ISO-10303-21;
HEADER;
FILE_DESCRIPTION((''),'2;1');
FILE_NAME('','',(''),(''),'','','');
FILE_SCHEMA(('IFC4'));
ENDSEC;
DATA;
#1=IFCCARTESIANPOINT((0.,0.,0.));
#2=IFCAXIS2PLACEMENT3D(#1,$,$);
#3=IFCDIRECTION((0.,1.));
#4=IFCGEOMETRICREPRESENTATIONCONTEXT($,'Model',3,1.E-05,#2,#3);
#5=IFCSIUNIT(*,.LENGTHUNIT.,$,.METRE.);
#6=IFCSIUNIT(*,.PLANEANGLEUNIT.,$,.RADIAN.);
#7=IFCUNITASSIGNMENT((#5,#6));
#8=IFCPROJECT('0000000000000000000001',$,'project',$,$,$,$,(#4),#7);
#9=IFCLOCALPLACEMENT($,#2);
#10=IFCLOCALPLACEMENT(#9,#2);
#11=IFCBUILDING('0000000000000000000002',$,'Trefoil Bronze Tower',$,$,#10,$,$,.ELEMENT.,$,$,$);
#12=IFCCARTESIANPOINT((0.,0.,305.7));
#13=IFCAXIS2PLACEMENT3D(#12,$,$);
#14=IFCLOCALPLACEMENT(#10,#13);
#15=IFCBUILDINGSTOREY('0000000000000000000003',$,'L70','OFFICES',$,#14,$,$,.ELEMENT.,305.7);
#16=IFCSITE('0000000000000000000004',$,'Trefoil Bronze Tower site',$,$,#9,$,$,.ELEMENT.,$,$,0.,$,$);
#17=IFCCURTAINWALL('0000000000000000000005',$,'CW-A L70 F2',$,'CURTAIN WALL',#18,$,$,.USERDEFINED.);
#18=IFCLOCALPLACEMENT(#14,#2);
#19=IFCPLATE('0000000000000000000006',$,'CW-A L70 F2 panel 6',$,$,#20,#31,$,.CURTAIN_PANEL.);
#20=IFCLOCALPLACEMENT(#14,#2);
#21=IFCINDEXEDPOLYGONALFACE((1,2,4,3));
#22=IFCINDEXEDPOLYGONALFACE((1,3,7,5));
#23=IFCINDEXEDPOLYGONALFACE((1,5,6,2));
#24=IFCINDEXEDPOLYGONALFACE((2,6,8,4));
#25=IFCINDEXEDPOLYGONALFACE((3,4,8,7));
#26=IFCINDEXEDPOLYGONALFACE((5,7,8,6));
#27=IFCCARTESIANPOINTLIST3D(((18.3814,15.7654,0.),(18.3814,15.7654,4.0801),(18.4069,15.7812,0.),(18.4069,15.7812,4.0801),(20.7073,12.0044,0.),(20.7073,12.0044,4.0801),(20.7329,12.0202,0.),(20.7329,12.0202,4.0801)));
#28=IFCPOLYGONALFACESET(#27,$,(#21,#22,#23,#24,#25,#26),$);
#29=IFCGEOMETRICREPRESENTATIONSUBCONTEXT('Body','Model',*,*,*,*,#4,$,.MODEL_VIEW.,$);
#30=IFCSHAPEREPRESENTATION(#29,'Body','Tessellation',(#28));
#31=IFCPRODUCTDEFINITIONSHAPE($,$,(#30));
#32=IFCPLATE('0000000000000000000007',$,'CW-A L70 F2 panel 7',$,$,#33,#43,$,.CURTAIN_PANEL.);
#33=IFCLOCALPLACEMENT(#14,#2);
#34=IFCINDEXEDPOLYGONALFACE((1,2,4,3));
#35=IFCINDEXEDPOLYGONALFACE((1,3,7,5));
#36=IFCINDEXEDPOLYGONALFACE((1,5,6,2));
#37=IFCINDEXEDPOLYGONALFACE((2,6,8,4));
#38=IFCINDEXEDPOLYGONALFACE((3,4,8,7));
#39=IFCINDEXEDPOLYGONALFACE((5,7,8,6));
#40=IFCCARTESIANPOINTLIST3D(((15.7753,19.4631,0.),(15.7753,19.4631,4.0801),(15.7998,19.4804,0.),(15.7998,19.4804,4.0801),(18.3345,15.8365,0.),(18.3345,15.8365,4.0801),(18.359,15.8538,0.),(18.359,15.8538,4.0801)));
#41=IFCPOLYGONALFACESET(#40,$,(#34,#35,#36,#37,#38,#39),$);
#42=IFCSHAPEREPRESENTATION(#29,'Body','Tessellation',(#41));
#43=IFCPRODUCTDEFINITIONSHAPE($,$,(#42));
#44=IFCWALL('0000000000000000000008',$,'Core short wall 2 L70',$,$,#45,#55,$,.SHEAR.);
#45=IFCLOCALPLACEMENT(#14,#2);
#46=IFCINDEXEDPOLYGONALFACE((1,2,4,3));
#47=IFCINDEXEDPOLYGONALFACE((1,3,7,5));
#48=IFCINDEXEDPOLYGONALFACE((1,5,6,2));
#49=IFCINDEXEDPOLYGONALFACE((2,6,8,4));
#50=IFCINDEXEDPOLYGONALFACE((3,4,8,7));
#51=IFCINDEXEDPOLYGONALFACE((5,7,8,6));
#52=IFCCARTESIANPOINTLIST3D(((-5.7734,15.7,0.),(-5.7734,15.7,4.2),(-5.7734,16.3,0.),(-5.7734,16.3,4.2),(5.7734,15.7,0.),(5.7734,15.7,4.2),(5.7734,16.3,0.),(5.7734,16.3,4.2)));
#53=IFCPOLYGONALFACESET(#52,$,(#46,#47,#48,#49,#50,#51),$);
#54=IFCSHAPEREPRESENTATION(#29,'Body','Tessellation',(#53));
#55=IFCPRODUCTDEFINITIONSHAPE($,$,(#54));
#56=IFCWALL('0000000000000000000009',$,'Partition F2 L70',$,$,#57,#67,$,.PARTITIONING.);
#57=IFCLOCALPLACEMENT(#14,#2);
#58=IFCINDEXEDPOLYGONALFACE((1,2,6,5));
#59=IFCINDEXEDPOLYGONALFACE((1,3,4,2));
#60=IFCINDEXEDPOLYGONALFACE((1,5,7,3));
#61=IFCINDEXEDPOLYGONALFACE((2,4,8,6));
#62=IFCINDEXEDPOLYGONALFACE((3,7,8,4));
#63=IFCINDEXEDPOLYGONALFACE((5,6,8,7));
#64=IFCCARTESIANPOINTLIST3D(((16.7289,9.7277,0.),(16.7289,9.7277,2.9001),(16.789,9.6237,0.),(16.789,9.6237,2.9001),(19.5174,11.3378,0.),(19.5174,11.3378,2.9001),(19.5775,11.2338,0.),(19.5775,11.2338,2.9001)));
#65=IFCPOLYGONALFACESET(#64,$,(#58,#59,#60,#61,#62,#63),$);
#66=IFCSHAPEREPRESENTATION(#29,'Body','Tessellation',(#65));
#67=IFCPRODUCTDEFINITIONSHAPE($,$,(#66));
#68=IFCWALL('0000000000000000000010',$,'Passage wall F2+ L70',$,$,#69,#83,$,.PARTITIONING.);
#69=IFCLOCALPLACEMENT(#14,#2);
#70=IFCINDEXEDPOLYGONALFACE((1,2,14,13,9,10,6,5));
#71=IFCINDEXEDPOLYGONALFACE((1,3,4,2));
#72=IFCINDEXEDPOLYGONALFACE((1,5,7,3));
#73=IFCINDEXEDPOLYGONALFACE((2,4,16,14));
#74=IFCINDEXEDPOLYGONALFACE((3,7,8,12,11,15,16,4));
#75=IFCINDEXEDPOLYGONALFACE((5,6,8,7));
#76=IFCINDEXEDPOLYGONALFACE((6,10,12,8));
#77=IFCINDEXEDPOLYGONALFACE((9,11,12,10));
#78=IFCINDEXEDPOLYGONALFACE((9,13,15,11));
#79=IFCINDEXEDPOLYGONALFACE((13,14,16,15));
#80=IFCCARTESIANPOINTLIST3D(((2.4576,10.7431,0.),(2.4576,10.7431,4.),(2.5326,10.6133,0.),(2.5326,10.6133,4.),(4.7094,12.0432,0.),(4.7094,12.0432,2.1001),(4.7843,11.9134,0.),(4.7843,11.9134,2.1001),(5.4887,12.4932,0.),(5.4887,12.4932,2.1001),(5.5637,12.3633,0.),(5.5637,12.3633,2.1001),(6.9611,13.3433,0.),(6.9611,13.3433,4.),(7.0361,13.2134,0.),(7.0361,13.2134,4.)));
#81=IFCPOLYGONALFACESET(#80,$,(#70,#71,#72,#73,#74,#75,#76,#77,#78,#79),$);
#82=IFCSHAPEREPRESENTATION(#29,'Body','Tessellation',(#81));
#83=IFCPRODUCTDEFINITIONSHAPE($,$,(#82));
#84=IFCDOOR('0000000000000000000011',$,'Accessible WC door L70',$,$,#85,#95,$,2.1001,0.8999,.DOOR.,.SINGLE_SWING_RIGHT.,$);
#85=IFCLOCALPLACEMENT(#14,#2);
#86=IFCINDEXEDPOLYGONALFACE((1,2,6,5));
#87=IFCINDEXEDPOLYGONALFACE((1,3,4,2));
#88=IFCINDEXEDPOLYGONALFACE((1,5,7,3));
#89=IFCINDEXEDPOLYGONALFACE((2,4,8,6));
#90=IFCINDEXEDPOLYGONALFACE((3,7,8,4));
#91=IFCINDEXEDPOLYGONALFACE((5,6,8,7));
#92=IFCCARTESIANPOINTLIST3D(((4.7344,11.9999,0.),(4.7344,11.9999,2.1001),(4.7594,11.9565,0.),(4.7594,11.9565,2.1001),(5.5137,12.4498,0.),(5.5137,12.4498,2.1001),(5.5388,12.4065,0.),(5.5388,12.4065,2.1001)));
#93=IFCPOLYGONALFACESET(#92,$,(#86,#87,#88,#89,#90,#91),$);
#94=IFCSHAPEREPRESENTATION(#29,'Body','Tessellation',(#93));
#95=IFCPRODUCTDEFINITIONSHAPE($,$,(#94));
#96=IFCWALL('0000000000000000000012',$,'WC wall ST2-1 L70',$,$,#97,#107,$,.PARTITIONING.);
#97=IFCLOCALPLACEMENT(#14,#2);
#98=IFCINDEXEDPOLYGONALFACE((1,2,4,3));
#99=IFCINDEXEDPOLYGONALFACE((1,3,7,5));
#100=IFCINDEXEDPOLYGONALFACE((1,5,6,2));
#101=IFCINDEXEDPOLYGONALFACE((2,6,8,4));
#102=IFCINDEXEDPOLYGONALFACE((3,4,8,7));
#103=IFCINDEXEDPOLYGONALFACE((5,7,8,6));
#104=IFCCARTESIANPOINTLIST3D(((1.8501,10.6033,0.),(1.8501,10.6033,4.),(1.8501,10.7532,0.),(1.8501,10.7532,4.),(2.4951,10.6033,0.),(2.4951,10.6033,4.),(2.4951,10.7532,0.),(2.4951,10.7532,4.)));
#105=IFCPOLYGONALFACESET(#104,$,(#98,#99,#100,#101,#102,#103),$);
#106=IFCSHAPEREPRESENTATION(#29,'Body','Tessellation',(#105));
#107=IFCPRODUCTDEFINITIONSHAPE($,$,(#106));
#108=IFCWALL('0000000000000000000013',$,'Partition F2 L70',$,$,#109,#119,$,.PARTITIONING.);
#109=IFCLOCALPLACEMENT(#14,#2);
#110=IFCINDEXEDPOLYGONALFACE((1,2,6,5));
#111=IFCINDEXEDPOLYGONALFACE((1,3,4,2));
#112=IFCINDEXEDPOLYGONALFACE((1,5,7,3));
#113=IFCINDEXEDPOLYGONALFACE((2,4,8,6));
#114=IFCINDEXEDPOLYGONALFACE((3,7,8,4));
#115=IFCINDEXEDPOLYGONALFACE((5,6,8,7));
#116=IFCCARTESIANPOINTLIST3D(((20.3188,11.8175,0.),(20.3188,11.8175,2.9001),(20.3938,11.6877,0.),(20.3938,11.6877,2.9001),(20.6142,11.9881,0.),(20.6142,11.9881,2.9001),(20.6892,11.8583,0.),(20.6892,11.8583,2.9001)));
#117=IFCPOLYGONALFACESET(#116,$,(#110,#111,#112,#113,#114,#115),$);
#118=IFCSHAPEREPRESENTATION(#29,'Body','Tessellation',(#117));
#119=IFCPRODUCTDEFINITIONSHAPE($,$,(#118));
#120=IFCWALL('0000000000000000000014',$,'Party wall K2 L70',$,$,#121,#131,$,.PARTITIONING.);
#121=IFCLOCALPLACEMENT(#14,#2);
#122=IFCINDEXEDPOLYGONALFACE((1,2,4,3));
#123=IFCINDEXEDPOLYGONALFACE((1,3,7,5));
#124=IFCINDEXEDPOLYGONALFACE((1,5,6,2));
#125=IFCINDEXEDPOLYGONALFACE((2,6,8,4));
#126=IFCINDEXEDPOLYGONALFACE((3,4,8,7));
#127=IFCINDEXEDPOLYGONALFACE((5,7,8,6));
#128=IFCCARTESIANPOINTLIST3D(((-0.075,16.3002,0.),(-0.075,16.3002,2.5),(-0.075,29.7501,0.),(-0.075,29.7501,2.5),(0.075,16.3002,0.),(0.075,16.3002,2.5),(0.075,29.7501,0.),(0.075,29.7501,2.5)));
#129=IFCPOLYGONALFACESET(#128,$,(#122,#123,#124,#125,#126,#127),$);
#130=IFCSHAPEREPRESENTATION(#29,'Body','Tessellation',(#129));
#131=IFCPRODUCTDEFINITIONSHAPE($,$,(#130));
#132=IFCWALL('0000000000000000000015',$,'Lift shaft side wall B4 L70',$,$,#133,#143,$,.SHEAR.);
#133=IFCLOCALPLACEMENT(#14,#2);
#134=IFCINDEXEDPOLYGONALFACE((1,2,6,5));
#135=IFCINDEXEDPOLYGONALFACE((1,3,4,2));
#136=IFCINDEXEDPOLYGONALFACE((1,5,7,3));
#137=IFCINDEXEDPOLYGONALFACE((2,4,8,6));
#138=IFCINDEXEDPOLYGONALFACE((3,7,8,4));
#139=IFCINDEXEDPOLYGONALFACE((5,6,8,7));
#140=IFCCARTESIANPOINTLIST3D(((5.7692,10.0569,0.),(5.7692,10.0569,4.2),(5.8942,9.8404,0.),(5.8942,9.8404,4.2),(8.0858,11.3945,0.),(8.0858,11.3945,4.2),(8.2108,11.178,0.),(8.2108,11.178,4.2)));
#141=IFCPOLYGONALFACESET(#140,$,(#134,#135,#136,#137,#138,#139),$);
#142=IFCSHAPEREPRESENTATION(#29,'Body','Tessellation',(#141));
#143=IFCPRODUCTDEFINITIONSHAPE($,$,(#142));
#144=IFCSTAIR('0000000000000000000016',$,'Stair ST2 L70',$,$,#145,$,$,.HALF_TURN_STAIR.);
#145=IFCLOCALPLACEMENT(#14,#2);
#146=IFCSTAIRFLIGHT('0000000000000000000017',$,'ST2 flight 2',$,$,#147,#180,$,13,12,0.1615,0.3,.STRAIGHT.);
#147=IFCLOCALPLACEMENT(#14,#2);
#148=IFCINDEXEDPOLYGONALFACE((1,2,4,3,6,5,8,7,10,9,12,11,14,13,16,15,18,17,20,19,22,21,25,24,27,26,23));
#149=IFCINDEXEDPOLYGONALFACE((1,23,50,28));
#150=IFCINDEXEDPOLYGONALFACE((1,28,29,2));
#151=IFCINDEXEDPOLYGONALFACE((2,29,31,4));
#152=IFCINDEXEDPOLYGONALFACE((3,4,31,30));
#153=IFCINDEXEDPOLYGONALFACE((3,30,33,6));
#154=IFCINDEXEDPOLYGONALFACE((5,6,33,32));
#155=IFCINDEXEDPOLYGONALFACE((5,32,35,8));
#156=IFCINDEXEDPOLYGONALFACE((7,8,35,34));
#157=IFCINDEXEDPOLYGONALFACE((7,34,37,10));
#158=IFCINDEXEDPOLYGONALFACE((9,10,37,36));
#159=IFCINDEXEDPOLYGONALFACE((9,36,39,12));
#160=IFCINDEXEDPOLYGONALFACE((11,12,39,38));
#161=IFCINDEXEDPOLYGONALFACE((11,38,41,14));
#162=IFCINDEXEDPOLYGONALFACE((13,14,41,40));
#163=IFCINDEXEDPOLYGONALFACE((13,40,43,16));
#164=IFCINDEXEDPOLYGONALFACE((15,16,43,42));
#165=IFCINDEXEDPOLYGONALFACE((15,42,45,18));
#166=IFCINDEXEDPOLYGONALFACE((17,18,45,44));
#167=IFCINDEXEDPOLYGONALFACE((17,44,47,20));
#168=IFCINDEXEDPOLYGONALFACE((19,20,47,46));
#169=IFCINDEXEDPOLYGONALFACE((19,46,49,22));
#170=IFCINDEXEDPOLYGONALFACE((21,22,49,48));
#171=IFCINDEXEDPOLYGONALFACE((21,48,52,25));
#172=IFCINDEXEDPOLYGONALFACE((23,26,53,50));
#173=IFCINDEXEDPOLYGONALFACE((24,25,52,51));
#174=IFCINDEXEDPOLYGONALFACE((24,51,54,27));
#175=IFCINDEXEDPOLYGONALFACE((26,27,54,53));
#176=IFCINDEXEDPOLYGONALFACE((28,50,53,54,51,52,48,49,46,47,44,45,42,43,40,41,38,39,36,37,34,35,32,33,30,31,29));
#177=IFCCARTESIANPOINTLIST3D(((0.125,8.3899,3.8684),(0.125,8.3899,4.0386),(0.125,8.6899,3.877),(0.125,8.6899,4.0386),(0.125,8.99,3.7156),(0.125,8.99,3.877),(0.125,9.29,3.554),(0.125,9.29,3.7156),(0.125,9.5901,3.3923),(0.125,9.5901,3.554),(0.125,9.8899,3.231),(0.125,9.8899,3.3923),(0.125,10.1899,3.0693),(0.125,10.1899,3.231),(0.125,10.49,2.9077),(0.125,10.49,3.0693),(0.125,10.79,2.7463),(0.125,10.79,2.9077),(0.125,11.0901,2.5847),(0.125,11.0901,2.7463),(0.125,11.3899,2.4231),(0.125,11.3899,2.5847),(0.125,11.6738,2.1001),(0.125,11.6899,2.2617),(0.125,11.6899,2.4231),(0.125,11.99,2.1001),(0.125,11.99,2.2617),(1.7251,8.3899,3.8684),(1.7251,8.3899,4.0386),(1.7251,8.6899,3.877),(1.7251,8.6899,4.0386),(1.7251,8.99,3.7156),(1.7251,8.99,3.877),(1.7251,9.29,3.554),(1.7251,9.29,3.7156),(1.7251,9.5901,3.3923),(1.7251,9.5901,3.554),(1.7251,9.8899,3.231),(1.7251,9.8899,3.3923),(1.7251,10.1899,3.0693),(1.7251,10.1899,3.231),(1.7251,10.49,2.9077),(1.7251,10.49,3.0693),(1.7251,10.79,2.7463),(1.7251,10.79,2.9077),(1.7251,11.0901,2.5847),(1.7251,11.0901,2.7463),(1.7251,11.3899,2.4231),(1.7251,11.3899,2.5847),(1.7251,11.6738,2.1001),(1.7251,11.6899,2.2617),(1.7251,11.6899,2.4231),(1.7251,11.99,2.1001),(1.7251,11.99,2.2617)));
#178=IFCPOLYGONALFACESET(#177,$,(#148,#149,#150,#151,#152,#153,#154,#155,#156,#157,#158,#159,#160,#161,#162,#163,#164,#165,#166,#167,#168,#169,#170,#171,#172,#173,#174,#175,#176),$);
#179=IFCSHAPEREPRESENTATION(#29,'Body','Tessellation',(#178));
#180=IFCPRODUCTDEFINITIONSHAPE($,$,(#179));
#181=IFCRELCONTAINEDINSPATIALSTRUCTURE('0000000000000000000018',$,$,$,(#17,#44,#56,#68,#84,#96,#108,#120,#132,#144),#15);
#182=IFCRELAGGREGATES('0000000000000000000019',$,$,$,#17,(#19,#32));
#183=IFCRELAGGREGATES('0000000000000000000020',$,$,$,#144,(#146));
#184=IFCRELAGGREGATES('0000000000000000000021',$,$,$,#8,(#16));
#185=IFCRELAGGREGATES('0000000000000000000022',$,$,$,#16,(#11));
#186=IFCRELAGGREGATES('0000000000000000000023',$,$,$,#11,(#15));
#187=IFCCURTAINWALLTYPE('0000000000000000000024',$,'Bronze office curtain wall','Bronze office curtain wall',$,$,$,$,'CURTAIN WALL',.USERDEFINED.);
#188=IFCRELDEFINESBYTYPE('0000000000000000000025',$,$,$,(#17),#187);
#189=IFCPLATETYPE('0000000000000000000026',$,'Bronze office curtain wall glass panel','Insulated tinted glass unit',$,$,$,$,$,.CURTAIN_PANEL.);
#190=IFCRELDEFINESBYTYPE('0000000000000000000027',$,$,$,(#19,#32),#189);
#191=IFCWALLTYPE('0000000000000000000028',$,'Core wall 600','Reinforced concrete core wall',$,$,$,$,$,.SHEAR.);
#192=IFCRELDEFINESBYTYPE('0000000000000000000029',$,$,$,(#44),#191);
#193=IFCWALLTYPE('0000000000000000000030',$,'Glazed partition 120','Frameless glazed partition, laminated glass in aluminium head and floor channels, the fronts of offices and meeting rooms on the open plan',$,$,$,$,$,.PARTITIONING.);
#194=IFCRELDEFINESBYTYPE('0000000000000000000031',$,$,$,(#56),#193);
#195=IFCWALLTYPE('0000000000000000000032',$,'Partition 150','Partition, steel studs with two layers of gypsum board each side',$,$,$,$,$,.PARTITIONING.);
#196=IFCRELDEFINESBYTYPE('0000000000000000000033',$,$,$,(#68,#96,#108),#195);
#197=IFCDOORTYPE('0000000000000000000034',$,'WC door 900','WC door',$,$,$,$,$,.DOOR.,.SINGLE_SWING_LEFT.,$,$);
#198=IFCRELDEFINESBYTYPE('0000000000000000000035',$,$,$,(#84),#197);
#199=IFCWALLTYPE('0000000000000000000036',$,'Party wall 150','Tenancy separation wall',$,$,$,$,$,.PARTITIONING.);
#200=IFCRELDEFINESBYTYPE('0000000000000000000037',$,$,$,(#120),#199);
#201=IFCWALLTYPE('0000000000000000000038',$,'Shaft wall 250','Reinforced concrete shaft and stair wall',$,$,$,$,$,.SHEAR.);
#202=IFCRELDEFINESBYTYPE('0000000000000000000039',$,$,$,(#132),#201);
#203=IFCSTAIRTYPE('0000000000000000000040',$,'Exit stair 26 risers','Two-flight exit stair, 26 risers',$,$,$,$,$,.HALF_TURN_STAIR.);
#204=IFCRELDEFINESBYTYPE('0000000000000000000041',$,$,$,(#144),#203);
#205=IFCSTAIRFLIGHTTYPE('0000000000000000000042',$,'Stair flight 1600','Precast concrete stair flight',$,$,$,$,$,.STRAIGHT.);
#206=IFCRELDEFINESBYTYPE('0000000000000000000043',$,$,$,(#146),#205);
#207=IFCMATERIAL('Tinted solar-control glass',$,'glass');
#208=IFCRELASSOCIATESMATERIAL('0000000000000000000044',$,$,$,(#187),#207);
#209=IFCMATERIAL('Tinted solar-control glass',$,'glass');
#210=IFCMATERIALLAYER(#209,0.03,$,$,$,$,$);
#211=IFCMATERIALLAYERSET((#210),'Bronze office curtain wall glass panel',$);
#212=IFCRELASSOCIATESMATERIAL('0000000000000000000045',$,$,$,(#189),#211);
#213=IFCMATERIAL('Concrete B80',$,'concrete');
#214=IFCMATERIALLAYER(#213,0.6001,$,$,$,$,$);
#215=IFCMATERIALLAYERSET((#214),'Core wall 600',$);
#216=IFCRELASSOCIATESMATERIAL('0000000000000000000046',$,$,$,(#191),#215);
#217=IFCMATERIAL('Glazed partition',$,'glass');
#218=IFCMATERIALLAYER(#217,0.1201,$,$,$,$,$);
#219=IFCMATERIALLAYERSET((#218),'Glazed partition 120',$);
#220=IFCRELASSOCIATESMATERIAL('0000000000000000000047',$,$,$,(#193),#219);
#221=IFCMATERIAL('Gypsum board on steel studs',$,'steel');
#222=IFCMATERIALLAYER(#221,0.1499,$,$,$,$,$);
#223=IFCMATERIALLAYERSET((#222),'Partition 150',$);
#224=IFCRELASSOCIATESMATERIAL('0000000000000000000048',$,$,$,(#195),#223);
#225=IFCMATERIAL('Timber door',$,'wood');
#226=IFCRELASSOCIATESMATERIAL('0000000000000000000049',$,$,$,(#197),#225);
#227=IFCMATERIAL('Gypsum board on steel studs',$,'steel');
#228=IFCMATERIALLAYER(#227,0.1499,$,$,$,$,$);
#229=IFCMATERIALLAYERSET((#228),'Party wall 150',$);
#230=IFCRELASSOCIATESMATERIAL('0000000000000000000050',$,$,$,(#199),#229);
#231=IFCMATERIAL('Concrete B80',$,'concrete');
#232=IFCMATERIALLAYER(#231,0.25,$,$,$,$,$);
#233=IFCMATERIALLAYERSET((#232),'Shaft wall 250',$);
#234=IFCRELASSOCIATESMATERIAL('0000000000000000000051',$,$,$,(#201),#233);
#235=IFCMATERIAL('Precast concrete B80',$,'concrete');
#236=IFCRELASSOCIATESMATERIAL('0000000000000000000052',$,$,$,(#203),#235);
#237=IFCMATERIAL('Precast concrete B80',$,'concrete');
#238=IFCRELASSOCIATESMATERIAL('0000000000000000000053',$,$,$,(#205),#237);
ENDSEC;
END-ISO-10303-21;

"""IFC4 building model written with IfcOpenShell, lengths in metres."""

from ifc_helpers import new_model, si_unit, direction, frame, frame_2d, origin, origin_2d, place, context, subcontext, project, spatial, polyline, rectangle, outline, extrude, material, layer, layer_set, type_object, element, fill, aggregate, save


model = new_model("IFC4")

# Units and contexts
model_context = context("Model", 3, precision=1e-05, world=origin(), true_north=direction((0.0, 1.0)))
body_context = subcontext(model_context, "Body", "Model", "MODEL_VIEW")
ifc_project = project(units=[si_unit("LENGTHUNIT", "METRE"), si_unit("PLANEANGLEUNIT", "RADIAN")], contexts=[model_context])

# Site, building, storey
site_placement = place(None, origin())
site = spatial("IfcSite", under=ifc_project, at=site_placement, Name="Trefoil Bronze Tower site", CompositionType="ELEMENT", RefElevation=0.0)
building_placement = place(site_placement, origin())
building = spatial("IfcBuilding", under=site, at=building_placement, Name="Trefoil Bronze Tower", CompositionType="ELEMENT")
storey_placement = place(building_placement, frame((0.0, 0.0, 305.7)))
storey = spatial("IfcBuildingStorey", under=building, at=storey_placement, Name="L70", Description="OFFICES", CompositionType="ELEMENT", Elevation=305.7)

# Curtain wall
ifc_material_1 = material(Name="Tinted solar-control glass", Category="glass")
curtain_wall_type = type_object("IfcCurtainWallType", Name="Bronze office curtain wall", Description="Bronze office curtain wall", ElementType="CURTAIN WALL", PredefinedType="USERDEFINED", material=ifc_material_1)
curtain_wall_placement = place(storey_placement, origin())
curtain_wall = element("IfcCurtainWall", 1, at=curtain_wall_placement, inside=storey, type_object=curtain_wall_type, Name="CW-A L70 F2", ObjectType="CURTAIN WALL", PredefinedType="USERDEFINED")

# Plates
ifc_material_2 = material(Name="Tinted solar-control glass", Category="glass")
ifc_layer_1 = layer(ifc_material_2, 0.03)
ifc_layer_set_1 = layer_set([ifc_layer_1], Name="Bronze office curtain wall glass panel")
plate_type = type_object("IfcPlateType", Name="Bronze office curtain wall glass panel", Description="Insulated tinted glass unit", PredefinedType="CURTAIN_PANEL", material=ifc_layer_set_1)
plate_1_placement = place(storey_placement, frame((19.5571, 13.8928, 0.0), z_axis=(0.0, 0.0, 1.0), x_axis=(-0.52598, 0.850497, 0.0)))
plate_1 = element("IfcPlate", 2, at=plate_1_placement, type_object=plate_type, Name="CW-A L70 F2 panel 6", PredefinedType="CURTAIN_PANEL", context=body_context, shape_type="SweptSolid", body=[
    extrude(rectangle(XDim=4.4221, YDim=0.03, at=origin_2d()), origin(), (0.0, 0.0, 1.0), 4.0801),
])
plate_2_placement = place(storey_placement, frame((17.0671, 17.6584, 0.0), z_axis=(0.0, 0.0, 1.0), x_axis=(-0.576561, 0.817054, 0.0)))
plate_2 = element("IfcPlate", 3, at=plate_2_placement, type_object=plate_type, Name="CW-A L70 F2 panel 7", PredefinedType="CURTAIN_PANEL", context=body_context, shape_type="SweptSolid", body=[
    extrude(rectangle(XDim=4.4387, YDim=0.03, at=origin_2d()), origin(), (0.0, 0.0, 1.0), 4.0801),
])
aggregate(curtain_wall, [plate_1, plate_2])

# Walls
ifc_material_3 = material(Name="Concrete B80", Category="concrete")
ifc_layer_2 = layer(ifc_material_3, 0.6001)
ifc_layer_set_2 = layer_set([ifc_layer_2], Name="Core wall 600")
wall_type_1 = type_object("IfcWallType", Name="Core wall 600", Description="Reinforced concrete core wall", PredefinedType="SHEAR", material=ifc_layer_set_2)
wall_1_placement = place(storey_placement, frame((5.7734, 16.0, 0.0), z_axis=(0.0, 0.0, 1.0), x_axis=(-1.0, 0.0, 0.0)))
element("IfcWall", 4, at=wall_1_placement, inside=storey, type_object=wall_type_1, Name="Core short wall 2 L70", PredefinedType="SHEAR", context=body_context, shape_type="SweptSolid", body=[
    extrude(rectangle(XDim=11.5469, YDim=0.6001, at=frame_2d((5.7734, 0.0))), origin(), (0.0, 0.0, 1.0), 4.2),
])
ifc_material_4 = material(Name="Glazed partition", Category="glass")
ifc_layer_3 = layer(ifc_material_4, 0.1201)
ifc_layer_set_3 = layer_set([ifc_layer_3], Name="Glazed partition 120")
wall_type_2 = type_object("IfcWallType", Name="Glazed partition 120", Description="Frameless glazed partition, laminated glass in aluminium head and floor channels, the fronts of offices and meeting rooms on the open plan", PredefinedType="PARTITIONING", material=ifc_layer_set_3)
wall_2_placement = place(storey_placement, frame((16.759, 9.6758, 0.0), z_axis=(0.0, 0.0, 1.0), x_axis=(0.866009, 0.500029, 0.0)))
element("IfcWall", 5, at=wall_2_placement, inside=storey, type_object=wall_type_2, Name="Partition F2 L70", PredefinedType="PARTITIONING", context=body_context, shape_type="SweptSolid", body=[
    extrude(rectangle(XDim=3.22, YDim=0.1201, at=frame_2d((1.6099, 0.0))), origin(), (0.0, 0.0, 1.0), 2.9001),
])

# Wall, opening, door
ifc_material_5 = material(Name="Gypsum board on steel studs", Category="steel")
ifc_layer_4 = layer(ifc_material_5, 0.1499)
ifc_layer_set_4 = layer_set([ifc_layer_4], Name="Partition 150")
wall_type_3 = type_object("IfcWallType", Name="Partition 150", Description="Partition, steel studs with two layers of gypsum board each side", PredefinedType="PARTITIONING", material=ifc_layer_set_4)
wall_3_placement = place(storey_placement, frame((2.4951, 10.6782, 0.0), z_axis=(0.0, 0.0, 1.0), x_axis=(0.866021, 0.500007, 0.0)))
wall_3 = element("IfcWall", 6, at=wall_3_placement, inside=storey, type_object=wall_type_3, Name="Passage wall F2+ L70", PredefinedType="PARTITIONING", context=body_context, shape_type="SweptSolid", body=[
    extrude(rectangle(XDim=5.2002, YDim=0.1499, at=frame_2d((2.6001, 0.0))), origin(), (0.0, 0.0, 1.0), 4.0),
])
opening_placement = place(wall_3_placement, frame((2.6001, 0.0, 0.0)))
opening = element("IfcOpeningElement", 7, at=opening_placement, cuts=wall_3, PredefinedType="OPENING", context=body_context, shape_type="SweptSolid", body=[
    extrude(rectangle(XDim=0.8999, YDim=2.1001, at=frame_2d((0.45, 1.05))), frame((0.0, 0.085, 0.0), z_axis=(0.0, -1.0, 0.0), x_axis=(1.0, 0.0, 0.0)), (0.0, 0.0, 1.0), 0.1699),
])
ifc_material_6 = material(Name="Timber door", Category="wood")
door_type = type_object("IfcDoorType", Name="WC door 900", Description="WC door", OperationType="SINGLE_SWING_LEFT", PredefinedType="DOOR", material=ifc_material_6)
door_placement = place(opening_placement, origin())
door = element("IfcDoor", 8, at=door_placement, inside=storey, type_object=door_type, Name="Accessible WC door L70", OperationType="SINGLE_SWING_RIGHT", OverallHeight=2.1001, OverallWidth=0.8999, PredefinedType="DOOR", context=body_context, shape_type="SweptSolid", body=[
    extrude(rectangle(XDim=0.8999, YDim=2.1001, at=frame_2d((0.45, 1.05))), frame((0.0, 0.0249, 0.0), z_axis=(0.0, -1.0, 0.0), x_axis=(1.0, 0.0, 0.0)), (0.0, 0.0, 1.0), 0.05),
])
fill(opening, door)

# Walls
wall_4_placement = place(storey_placement, frame((2.4951, 10.6782, 0.0), z_axis=(0.0, 0.0, 1.0), x_axis=(-1.0, 0.0, 0.0)))
element("IfcWall", 9, at=wall_4_placement, inside=storey, type_object=wall_type_3, Name="WC wall ST2-1 L70", PredefinedType="PARTITIONING", context=body_context, shape_type="SweptSolid", body=[
    extrude(rectangle(XDim=0.645, YDim=0.1499, at=frame_2d((0.3225, 0.0))), origin(), (0.0, 0.0, 1.0), 4.0),
])
wall_5_placement = place(storey_placement, frame((20.3564, 11.7527, 0.0), z_axis=(0.0, 0.0, 1.0), x_axis=(0.8659, 0.500218, 0.0)))
element("IfcWall", 10, at=wall_5_placement, inside=storey, type_object=wall_type_3, Name="Partition F2 L70", PredefinedType="PARTITIONING", context=body_context, shape_type="SweptSolid", body=[
    extrude(rectangle(XDim=0.3411, YDim=0.1499, at=frame_2d((0.1704, 0.0))), origin(), (0.0, 0.0, 1.0), 2.9001),
])
ifc_material_7 = material(Name="Gypsum board on steel studs", Category="steel")
ifc_layer_5 = layer(ifc_material_7, 0.1499)
ifc_layer_set_5 = layer_set([ifc_layer_5], Name="Party wall 150")
wall_type_4 = type_object("IfcWallType", Name="Party wall 150", Description="Tenancy separation wall", PredefinedType="PARTITIONING", material=ifc_layer_set_5)
wall_6_placement = place(storey_placement, frame((0.0, 16.3, 0.0), z_axis=(0.0, 0.0, 1.0), x_axis=(0.0, 1.0, 0.0)))
element("IfcWall", 11, at=wall_6_placement, inside=storey, type_object=wall_type_4, Name="Party wall K2 L70", PredefinedType="PARTITIONING", context=body_context, shape_type="SweptSolid", body=[
    extrude(rectangle(XDim=13.45, YDim=0.1499, at=frame_2d((6.7251, 0.0))), origin(), (0.0, 0.0, 1.0), 2.5),
])
ifc_material_8 = material(Name="Concrete B80", Category="concrete")
ifc_layer_6 = layer(ifc_material_8, 0.25)
ifc_layer_set_6 = layer_set([ifc_layer_6], Name="Shaft wall 250")
wall_type_5 = type_object("IfcWallType", Name="Shaft wall 250", Description="Reinforced concrete shaft and stair wall", PredefinedType="SHEAR", material=ifc_layer_set_6)
wall_7_placement = place(storey_placement, frame((5.8318, 9.9487, 0.0), z_axis=(0.0, 0.0, 1.0), x_axis=(0.866005, 0.500036, 0.0)))
element("IfcWall", 12, at=wall_7_placement, inside=storey, type_object=wall_type_5, Name="Lift shaft side wall B4 L70", PredefinedType="SHEAR", context=body_context, shape_type="SweptSolid", body=[
    extrude(rectangle(XDim=2.675, YDim=0.25, at=frame_2d((1.3374, 0.0))), origin(), (0.0, 0.0, 1.0), 4.2),
])

# Stair, stair flight
ifc_material_9 = material(Name="Precast concrete B80", Category="concrete")
stair_type = type_object("IfcStairType", Name="Exit stair 26 risers", Description="Two-flight exit stair, 26 risers", PredefinedType="HALF_TURN_STAIR", material=ifc_material_9)
stair_placement = place(storey_placement, origin())
stair = element("IfcStair", 13, at=stair_placement, inside=storey, type_object=stair_type, Name="Stair ST2 L70", PredefinedType="HALF_TURN_STAIR")
ifc_material_10 = material(Name="Precast concrete B80", Category="concrete")
stair_flight_type = type_object("IfcStairFlightType", Name="Stair flight 1600", Description="Precast concrete stair flight", PredefinedType="STRAIGHT", material=ifc_material_10)
stair_flight_placement = place(storey_placement, frame((0.925, 11.99, 2.1001), z_axis=(0.0, 0.0, 1.0), x_axis=(0.0, -1.0, 0.0)))
stair_flight = element("IfcStairFlight", 14, at=stair_flight_placement, type_object=stair_flight_type, Name="ST2 flight 2", NumberOfRisers=13, NumberOfTreads=12, PredefinedType="STRAIGHT", RiserHeight=0.1615, TreadLength=0.3, context=body_context, shape_type="SweptSolid", body=[
    extrude(outline(polyline([(0.0, 0.0), (0.0, 0.1616), (0.3, 0.1616), (0.3, 0.323), (0.6001, 0.323), (0.6001, 0.4846), (0.8999, 0.4846), (0.8999, 0.6462), (1.2, 0.6462), (1.2, 0.8076), (1.5, 0.8076), (1.5, 0.9692), (1.8, 0.9692), (1.8, 1.1309), (2.1001, 1.1309), (2.1001, 1.2922), (2.3999, 1.2922), (2.3999, 1.4539), (2.7, 1.4539), (2.7, 1.6155), (3.0, 1.6155), (3.0, 1.7769), (3.3, 1.7769), (3.3, 1.9385), (3.6001, 1.9385), (3.6001, 2.1001), (3.6001, 1.7683), (0.3162, 0.0), (0.0, 0.0)])), frame((0.0, 0.8, 0.0), z_axis=(0.0, -1.0, 0.0), x_axis=(1.0, 0.0, 0.0)), (0.0, 0.0, 1.0), 1.6001),
])
aggregate(stair, [stair_flight])

save(model, "model.ifc")
